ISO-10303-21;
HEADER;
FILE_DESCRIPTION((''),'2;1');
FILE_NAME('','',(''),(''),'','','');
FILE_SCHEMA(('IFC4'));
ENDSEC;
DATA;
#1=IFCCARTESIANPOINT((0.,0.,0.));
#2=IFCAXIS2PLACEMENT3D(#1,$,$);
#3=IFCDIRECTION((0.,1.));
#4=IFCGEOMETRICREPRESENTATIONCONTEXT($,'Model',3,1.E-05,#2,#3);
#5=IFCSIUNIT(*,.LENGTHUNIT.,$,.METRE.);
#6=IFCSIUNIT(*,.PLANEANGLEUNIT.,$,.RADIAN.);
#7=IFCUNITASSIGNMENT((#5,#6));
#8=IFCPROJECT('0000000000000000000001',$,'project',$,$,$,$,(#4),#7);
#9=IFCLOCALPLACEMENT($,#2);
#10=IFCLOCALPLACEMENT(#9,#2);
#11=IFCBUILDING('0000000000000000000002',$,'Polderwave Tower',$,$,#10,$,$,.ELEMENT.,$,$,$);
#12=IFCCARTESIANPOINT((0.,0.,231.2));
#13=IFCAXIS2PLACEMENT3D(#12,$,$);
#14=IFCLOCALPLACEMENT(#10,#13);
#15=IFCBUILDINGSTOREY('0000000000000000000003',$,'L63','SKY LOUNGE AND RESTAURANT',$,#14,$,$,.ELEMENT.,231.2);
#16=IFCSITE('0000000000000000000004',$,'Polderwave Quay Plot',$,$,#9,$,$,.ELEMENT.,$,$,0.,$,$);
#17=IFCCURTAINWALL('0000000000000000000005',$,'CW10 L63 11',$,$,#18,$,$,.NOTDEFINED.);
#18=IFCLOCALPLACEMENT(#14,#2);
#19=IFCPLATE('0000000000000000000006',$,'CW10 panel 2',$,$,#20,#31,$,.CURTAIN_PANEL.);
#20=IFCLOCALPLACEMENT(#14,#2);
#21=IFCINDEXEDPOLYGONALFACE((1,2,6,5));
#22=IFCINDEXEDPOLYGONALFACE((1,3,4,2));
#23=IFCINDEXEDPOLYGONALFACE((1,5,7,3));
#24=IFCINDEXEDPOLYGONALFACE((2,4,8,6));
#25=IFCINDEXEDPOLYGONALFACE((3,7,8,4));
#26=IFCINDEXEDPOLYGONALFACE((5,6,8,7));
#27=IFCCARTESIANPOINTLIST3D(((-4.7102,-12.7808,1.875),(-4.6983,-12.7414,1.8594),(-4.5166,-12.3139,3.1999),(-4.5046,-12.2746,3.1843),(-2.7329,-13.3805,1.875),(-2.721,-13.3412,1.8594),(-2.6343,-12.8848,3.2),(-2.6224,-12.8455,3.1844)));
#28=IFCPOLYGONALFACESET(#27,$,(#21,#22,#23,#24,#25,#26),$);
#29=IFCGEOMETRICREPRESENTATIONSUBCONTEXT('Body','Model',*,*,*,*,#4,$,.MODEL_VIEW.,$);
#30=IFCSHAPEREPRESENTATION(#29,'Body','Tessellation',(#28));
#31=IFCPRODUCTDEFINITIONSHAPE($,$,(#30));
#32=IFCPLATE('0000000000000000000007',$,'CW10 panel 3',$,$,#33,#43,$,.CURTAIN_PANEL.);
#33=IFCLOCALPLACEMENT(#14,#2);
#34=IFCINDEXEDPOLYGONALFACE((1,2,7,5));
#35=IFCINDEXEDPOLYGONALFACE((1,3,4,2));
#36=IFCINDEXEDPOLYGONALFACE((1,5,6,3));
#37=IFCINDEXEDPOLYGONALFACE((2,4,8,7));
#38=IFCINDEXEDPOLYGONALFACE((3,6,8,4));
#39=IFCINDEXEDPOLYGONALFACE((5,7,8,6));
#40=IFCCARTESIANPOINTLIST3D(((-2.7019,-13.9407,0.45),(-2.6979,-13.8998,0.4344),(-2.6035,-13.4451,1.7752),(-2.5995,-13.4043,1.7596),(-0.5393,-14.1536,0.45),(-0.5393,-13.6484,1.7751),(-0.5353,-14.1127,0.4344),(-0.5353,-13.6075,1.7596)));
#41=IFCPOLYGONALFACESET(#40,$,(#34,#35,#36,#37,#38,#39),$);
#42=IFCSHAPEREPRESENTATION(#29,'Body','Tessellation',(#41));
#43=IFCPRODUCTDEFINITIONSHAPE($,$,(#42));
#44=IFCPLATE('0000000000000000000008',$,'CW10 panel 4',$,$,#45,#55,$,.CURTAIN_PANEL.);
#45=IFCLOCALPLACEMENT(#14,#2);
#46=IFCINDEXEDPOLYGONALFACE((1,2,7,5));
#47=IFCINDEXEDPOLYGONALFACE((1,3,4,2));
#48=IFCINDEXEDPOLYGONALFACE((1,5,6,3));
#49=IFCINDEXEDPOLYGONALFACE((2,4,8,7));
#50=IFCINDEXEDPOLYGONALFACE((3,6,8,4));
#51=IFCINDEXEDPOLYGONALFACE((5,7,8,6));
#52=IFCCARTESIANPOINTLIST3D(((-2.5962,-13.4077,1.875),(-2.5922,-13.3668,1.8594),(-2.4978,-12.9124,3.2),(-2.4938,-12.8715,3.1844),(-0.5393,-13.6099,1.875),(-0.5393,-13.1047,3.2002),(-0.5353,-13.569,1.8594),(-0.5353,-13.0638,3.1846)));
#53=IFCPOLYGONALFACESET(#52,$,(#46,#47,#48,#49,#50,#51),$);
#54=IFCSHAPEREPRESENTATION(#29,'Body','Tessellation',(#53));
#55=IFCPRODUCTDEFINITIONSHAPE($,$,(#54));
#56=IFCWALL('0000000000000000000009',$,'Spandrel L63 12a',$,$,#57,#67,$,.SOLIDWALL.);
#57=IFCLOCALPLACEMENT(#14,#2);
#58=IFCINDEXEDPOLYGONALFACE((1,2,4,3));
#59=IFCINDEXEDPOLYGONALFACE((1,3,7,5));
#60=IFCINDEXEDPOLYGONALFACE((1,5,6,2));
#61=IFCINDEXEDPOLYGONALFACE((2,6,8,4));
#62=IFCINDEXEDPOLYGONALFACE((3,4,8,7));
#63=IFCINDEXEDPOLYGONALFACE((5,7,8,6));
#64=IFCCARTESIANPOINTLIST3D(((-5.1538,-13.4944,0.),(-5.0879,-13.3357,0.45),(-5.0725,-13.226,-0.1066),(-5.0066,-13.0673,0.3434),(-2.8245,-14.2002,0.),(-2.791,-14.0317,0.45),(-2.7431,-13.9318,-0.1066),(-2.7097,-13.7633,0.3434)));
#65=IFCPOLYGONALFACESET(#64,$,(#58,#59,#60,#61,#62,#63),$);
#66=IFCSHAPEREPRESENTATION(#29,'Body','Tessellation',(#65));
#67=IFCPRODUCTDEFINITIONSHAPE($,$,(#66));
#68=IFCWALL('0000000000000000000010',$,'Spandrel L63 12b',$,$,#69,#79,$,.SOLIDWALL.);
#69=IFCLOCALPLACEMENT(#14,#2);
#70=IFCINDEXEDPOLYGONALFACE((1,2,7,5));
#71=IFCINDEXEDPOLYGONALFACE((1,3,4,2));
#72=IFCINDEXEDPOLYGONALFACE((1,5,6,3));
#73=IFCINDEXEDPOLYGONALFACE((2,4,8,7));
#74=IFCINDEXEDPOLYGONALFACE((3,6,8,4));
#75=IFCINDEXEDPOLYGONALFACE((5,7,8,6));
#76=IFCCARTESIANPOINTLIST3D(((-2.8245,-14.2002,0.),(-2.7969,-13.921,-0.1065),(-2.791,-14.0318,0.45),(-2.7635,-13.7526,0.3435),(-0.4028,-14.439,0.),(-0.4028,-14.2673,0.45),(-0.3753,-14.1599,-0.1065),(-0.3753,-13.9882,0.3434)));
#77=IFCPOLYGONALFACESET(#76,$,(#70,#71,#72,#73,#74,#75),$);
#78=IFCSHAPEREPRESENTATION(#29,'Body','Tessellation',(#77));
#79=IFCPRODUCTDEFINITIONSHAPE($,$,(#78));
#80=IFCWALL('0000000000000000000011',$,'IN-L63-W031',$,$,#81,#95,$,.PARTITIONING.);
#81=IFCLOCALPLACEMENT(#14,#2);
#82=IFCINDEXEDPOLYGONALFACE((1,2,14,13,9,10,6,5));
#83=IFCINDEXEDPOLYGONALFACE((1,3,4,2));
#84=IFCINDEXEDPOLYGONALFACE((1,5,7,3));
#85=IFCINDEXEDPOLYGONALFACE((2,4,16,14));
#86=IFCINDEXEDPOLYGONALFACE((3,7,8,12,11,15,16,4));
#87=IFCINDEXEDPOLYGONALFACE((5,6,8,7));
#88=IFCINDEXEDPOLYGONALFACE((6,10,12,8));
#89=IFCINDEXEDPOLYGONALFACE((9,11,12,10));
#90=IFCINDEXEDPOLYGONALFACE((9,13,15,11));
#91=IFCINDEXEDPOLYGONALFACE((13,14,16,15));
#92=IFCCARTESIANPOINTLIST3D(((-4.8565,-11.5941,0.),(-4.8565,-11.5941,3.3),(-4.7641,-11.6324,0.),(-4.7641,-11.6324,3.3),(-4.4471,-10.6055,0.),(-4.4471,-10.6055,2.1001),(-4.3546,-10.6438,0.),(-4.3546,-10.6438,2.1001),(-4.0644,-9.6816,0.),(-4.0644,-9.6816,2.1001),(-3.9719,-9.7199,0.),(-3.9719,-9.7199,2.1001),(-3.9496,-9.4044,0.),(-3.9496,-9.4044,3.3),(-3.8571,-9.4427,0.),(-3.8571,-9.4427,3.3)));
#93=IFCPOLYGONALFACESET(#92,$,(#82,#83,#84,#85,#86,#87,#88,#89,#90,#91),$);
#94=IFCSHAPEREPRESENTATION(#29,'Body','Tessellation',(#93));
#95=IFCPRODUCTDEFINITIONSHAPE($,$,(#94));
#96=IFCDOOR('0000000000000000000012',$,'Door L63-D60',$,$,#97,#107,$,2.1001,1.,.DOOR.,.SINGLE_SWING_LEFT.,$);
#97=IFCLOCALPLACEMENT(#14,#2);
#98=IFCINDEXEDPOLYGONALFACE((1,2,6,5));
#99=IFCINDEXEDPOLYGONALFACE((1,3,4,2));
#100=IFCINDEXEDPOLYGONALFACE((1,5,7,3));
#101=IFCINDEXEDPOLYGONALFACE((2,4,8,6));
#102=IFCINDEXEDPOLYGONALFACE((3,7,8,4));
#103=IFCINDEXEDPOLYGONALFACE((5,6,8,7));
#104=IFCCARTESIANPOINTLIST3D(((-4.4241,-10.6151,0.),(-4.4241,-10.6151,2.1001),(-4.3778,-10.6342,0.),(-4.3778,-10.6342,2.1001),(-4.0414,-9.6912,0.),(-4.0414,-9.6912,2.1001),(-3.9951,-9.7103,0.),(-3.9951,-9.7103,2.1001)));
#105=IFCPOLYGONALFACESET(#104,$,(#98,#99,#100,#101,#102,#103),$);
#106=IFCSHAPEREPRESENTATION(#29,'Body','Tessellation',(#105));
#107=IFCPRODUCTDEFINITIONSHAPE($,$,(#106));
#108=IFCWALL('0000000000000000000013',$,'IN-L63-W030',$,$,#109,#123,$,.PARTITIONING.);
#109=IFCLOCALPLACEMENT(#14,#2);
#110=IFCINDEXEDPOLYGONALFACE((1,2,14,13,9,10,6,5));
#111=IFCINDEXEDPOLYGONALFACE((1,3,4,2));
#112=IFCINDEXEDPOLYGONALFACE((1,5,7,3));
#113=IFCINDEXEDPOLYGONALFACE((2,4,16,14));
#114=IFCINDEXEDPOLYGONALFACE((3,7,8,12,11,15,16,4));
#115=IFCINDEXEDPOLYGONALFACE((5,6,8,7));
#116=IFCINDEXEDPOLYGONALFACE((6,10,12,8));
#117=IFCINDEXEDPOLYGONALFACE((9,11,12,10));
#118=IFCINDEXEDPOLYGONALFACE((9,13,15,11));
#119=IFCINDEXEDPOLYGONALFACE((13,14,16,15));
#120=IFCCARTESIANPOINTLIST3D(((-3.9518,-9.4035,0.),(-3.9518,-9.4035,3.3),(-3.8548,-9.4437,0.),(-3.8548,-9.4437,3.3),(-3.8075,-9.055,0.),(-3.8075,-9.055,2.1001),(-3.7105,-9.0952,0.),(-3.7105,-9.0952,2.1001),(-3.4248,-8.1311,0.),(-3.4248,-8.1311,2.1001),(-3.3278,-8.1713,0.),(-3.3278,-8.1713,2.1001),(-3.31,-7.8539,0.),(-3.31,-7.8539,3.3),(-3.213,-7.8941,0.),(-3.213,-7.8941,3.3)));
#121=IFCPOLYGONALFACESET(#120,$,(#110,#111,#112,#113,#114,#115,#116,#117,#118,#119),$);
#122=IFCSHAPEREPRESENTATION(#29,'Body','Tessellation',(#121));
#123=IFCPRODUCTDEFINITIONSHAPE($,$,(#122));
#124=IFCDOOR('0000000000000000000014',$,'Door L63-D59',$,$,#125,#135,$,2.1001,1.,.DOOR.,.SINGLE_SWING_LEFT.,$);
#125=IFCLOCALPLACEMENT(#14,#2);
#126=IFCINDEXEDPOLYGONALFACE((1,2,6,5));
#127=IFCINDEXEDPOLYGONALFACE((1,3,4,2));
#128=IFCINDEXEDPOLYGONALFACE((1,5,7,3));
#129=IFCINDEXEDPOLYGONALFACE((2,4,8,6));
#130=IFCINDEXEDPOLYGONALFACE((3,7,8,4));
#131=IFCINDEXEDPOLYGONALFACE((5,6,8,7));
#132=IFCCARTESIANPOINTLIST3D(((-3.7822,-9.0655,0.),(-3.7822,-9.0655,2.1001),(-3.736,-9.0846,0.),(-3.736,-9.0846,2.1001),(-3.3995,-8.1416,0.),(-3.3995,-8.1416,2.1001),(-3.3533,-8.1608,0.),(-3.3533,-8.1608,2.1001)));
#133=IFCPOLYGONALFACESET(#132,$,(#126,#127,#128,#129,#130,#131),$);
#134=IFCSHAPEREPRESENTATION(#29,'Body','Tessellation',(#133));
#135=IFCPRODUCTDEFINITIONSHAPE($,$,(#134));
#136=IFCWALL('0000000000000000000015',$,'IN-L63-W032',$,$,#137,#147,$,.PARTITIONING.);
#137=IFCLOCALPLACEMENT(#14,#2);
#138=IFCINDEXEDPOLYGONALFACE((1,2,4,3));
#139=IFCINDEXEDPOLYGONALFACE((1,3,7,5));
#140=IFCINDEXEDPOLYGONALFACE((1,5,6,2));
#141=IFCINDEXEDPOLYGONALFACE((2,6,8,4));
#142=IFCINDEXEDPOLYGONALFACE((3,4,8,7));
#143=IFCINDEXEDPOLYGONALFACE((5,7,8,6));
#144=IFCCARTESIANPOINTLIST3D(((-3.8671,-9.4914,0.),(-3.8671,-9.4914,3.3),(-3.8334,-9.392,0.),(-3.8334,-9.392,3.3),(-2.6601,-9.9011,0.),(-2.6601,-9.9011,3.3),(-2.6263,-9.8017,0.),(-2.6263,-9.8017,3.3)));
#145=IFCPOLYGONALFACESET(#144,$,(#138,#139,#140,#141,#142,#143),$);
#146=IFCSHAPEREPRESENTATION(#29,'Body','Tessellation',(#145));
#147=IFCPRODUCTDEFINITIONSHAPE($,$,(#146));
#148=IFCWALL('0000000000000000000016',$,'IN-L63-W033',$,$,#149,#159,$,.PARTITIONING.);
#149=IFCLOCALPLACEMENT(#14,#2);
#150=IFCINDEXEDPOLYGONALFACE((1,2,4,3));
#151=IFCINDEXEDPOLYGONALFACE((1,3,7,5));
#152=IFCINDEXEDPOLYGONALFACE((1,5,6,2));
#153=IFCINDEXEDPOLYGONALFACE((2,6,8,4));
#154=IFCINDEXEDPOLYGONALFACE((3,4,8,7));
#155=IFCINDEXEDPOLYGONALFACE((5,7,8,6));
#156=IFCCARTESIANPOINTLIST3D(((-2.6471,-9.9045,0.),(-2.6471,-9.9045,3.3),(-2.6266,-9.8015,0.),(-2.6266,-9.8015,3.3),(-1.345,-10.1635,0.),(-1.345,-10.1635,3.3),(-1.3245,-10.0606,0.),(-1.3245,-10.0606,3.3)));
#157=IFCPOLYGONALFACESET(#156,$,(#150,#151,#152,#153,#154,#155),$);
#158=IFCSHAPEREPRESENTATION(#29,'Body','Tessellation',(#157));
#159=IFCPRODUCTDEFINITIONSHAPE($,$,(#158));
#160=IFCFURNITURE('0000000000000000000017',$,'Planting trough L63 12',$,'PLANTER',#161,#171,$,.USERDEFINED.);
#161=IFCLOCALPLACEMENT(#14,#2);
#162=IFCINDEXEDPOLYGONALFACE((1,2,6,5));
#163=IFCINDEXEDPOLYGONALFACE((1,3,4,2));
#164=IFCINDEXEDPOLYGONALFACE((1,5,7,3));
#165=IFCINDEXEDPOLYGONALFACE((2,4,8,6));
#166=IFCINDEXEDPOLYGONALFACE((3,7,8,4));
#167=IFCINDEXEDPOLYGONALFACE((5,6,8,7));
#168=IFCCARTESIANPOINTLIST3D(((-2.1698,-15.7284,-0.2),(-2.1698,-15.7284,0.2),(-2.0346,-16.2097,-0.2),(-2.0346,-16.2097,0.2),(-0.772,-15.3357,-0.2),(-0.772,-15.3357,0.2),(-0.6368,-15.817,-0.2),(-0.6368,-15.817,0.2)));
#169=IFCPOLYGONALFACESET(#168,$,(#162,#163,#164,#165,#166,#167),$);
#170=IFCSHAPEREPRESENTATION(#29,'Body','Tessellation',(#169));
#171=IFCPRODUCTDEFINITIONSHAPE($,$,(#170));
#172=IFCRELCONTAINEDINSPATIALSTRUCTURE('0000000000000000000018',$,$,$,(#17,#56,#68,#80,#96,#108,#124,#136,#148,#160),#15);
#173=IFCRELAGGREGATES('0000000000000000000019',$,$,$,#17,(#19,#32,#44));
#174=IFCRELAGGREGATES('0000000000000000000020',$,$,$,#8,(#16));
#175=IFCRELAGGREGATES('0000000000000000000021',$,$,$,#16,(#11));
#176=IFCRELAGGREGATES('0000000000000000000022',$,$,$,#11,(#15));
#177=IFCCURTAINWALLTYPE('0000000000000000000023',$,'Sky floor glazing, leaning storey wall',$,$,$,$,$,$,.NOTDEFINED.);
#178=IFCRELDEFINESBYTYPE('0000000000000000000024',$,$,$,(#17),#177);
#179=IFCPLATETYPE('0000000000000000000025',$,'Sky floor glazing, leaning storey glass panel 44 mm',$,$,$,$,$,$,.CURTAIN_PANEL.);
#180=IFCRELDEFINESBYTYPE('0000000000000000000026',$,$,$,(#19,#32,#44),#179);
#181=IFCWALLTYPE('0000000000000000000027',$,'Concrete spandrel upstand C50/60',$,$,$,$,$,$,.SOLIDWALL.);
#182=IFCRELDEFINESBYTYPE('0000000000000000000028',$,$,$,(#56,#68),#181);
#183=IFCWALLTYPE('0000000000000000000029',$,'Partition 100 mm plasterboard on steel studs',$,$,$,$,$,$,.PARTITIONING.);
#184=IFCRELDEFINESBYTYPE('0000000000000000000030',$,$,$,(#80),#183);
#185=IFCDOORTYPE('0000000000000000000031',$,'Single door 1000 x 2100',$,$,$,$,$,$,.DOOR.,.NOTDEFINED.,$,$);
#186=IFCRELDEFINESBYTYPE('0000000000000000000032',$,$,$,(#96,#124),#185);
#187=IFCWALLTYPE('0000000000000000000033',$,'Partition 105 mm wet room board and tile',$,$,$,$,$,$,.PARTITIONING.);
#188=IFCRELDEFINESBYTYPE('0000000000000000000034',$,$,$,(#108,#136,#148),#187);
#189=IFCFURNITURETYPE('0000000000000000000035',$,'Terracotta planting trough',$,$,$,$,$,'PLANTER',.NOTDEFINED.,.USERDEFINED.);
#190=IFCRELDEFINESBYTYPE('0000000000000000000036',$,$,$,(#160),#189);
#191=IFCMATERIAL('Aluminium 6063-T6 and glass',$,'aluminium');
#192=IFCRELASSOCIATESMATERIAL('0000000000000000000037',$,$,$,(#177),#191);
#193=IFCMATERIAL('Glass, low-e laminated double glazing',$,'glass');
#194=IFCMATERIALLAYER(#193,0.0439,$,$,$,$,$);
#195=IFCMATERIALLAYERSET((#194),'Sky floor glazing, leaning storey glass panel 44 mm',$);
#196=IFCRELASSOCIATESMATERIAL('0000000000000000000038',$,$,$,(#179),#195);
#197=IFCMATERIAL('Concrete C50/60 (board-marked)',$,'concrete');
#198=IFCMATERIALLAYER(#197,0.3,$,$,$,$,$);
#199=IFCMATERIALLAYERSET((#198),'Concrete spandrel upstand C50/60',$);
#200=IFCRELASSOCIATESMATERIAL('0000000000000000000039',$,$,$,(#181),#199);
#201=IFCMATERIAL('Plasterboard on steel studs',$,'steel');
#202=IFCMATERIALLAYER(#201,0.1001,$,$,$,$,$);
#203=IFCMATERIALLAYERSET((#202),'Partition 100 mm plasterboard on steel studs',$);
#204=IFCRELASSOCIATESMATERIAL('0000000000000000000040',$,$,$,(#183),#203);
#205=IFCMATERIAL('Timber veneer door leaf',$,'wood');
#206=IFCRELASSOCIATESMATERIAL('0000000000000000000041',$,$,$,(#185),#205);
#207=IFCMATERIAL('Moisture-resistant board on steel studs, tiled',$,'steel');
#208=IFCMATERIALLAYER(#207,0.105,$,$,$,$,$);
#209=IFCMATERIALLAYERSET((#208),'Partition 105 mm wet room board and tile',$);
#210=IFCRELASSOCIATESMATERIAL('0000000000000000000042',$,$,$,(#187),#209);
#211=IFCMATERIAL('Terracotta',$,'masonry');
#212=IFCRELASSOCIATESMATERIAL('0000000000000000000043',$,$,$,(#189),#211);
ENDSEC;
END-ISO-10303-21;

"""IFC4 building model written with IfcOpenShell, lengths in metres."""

from ifc_helpers import new_model, si_unit, direction, frame, frame_2d, origin, origin_2d, place, context, subcontext, project, spatial, polyline, rectangle, outline, extrude, material, layer, layer_set, type_object, element, fill, aggregate, save


model = new_model("IFC4")

# Units and contexts
model_context = context("Model", 3, precision=1e-05, world=origin(), true_north=direction((0.0, 1.0)))
body_context = subcontext(model_context, "Body", "Model", "MODEL_VIEW")
ifc_project = project(units=[si_unit("LENGTHUNIT", "METRE"), si_unit("PLANEANGLEUNIT", "RADIAN")], contexts=[model_context])

# Site, building, storey
site_placement = place(None, origin())
site = spatial("IfcSite", under=ifc_project, at=site_placement, Name="Polderwave Quay Plot", CompositionType="ELEMENT", RefElevation=0.0)
building_placement = place(site_placement, origin())
building = spatial("IfcBuilding", under=site, at=building_placement, Name="Polderwave Tower", CompositionType="ELEMENT")
storey_placement = place(building_placement, frame((0.0, 0.0, 231.2)))
storey = spatial("IfcBuildingStorey", under=building, at=storey_placement, Name="L63", Description="SKY LOUNGE AND RESTAURANT", CompositionType="ELEMENT", Elevation=231.2)

# Curtain wall, plates
ifc_material_1 = material(Name="Aluminium 6063-T6 and glass", Category="aluminium")
curtain_wall_type = type_object("IfcCurtainWallType", Name="Sky floor glazing, leaning storey wall", PredefinedType="NOTDEFINED", material=ifc_material_1)
curtain_wall_placement = place(storey_placement, origin())
curtain_wall = element("IfcCurtainWall", 1, at=curtain_wall_placement, inside=storey, type_object=curtain_wall_type, Name="CW10 L63 11", PredefinedType="NOTDEFINED")
ifc_material_2 = material(Name="Glass, low-e laminated double glazing", Category="glass")
ifc_layer_1 = layer(ifc_material_2, 0.0439)
ifc_layer_set_1 = layer_set([ifc_layer_1], Name="Sky floor glazing, leaning storey glass panel 44 mm")
plate_type = type_object("IfcPlateType", Name="Sky floor glazing, leaning storey glass panel 44 mm", PredefinedType="CURTAIN_PANEL", material=ifc_layer_set_1)
plate_1_placement = place(storey_placement, frame((-4.7102, -12.7808, 1.875), z_axis=(-0.271354, -0.894647, 0.354929), x_axis=(0.956948, -0.290258, -0.000019)))
plate_1 = element("IfcPlate", 2, at=plate_1_placement, type_object=plate_type, Name="CW10 panel 2", PredefinedType="CURTAIN_PANEL", context=body_context, shape_type="SweptSolid", body=[
    extrude(outline(polyline([(0.0, 0.0), (2.0663, 0.0), (2.0167, 1.4173), (0.0498, 1.4172), (0.0, 0.0)])), origin(), (0.0, 0.0, -1.0), 0.0439),
])
plate_2_placement = place(storey_placement, frame((-2.7019, -13.9407, 0.45), z_axis=(-0.091633, -0.930469, 0.354727), x_axis=(0.995186, -0.098002, 0.000013)))
plate_2 = element("IfcPlate", 3, at=plate_2_placement, type_object=plate_type, Name="CW10 panel 3", PredefinedType="CURTAIN_PANEL", context=body_context, shape_type="SweptSolid", body=[
    extrude(outline(polyline([(0.0, 0.0), (2.1731, 0.0), (2.1236, 1.4173), (0.0494, 1.4174), (0.0, 0.0)])), origin(), (0.0, 0.0, -1.0), 0.0439),
])
plate_3_placement = place(storey_placement, frame((-2.5962, -13.4077, 1.875), z_axis=(-0.091448, -0.930505, 0.354681), x_axis=(0.995205, -0.097807, 0.0)))
plate_3 = element("IfcPlate", 4, at=plate_3_placement, type_object=plate_type, Name="CW10 panel 4", PredefinedType="CURTAIN_PANEL", context=body_context, shape_type="SweptSolid", body=[
    extrude(outline(polyline([(0.0, 0.0), (2.0668, 0.0), (2.0174, 1.4173), (0.0495, 1.4171), (0.0, 0.0)])), origin(), (0.0, 0.0, -1.0), 0.0439),
])
aggregate(curtain_wall, [plate_1, plate_2, plate_3])

# Walls
ifc_material_3 = material(Name="Concrete C50/60 (board-marked)", Category="concrete")
ifc_layer_2 = layer(ifc_material_3, 0.3)
ifc_layer_set_2 = layer_set([ifc_layer_2], Name="Concrete spandrel upstand C50/60")
wall_type_1 = type_object("IfcWallType", Name="Concrete spandrel upstand C50/60", PredefinedType="SOLIDWALL", material=ifc_layer_set_2)
wall_1_placement = place(storey_placement, frame((-5.1538, -13.4944, 0.0), z_axis=(-0.271095, -0.894631, 0.355166), x_axis=(0.957027, -0.29, 0.000005)))
element("IfcWall", 5, at=wall_1_placement, inside=storey, type_object=wall_type_1, Name="Spandrel L63 12a", PredefinedType="SOLIDWALL", context=body_context, shape_type="SweptSolid", body=[
    extrude(outline(polyline([(0.0, 0.0), (2.4339, 0.0), (2.4171, 0.4813), (0.0171, 0.4813), (0.0, 0.0)])), origin(), (0.0, 0.0, -1.0), 0.3),
])
wall_2_placement = place(storey_placement, frame((-2.8245, -14.2002, 0.0), z_axis=(-0.091755, -0.930351, 0.355005), x_axis=(0.995172, -0.098145, 0.000008)))
element("IfcWall", 6, at=wall_2_placement, inside=storey, type_object=wall_type_1, Name="Spandrel L63 12b", PredefinedType="SOLIDWALL", context=body_context, shape_type="SweptSolid", body=[
    extrude(outline(polyline([(0.0, 0.0), (2.4334, 0.0), (2.4165, 0.4813), (0.0168, 0.4813), (0.0, 0.0)])), origin(), (0.0, 0.0, -1.0), 0.3),
])

# Walls, openings, doors
ifc_material_4 = material(Name="Plasterboard on steel studs", Category="steel")
ifc_layer_3 = layer(ifc_material_4, 0.1001)
ifc_layer_set_3 = layer_set([ifc_layer_3], Name="Partition 100 mm plasterboard on steel studs")
wall_type_2 = type_object("IfcWallType", Name="Partition 100 mm plasterboard on steel studs", PredefinedType="PARTITIONING", material=ifc_layer_set_3)
wall_3_placement = place(storey_placement, frame((-3.9033, -9.4236, 0.0), z_axis=(0.0, 0.0, 1.0), x_axis=(-0.382676, -0.923882, 0.0)))
wall_3 = element("IfcWall", 7, at=wall_3_placement, inside=storey, type_object=wall_type_2, Name="IN-L63-W031", PredefinedType="PARTITIONING", context=body_context, shape_type="SweptSolid", body=[
    extrude(rectangle(XDim=2.3701, YDim=0.1001, at=frame_2d((1.1851, 0.0))), origin(), (0.0, 0.0, 1.0), 3.3),
])
opening_1_placement = place(wall_3_placement, frame((0.3, 0.0, 0.0)))
opening_1 = element("IfcOpeningElement", 8, at=opening_1_placement, cuts=wall_3, PredefinedType="OPENING", context=body_context, shape_type="SweptSolid", body=[
    extrude(rectangle(XDim=1.0, YDim=2.1001, at=frame_2d((0.5, 1.05))), frame((0.0, 0.0601, 0.0), z_axis=(0.0, -1.0, 0.0), x_axis=(1.0, 0.0, 0.0)), (0.0, 0.0, 1.0), 0.1201),
])
ifc_material_5 = material(Name="Timber veneer door leaf", Category="wood")
door_type = type_object("IfcDoorType", Name="Single door 1000 x 2100", OperationType="NOTDEFINED", PredefinedType="DOOR", material=ifc_material_5)
door_1_placement = place(opening_1_placement, origin())
door_1 = element("IfcDoor", 9, at=door_1_placement, inside=storey, type_object=door_type, Name="Door L63-D60", OperationType="SINGLE_SWING_LEFT", OverallHeight=2.1001, OverallWidth=1.0, PredefinedType="DOOR", context=body_context, shape_type="SweptSolid", body=[
    extrude(rectangle(XDim=1.0, YDim=2.1001, at=frame_2d((0.5, 1.05))), frame((0.0, 0.0249, 0.0), z_axis=(0.0, -1.0, 0.0), x_axis=(1.0, 0.0, 0.0)), (0.0, 0.0, 1.0), 0.05),
])
fill(opening_1, door_1)
ifc_material_6 = material(Name="Moisture-resistant board on steel studs, tiled", Category="steel")
ifc_layer_4 = layer(ifc_material_6, 0.105)
ifc_layer_set_4 = layer_set([ifc_layer_4], Name="Partition 105 mm wet room board and tile")
wall_type_3 = type_object("IfcWallType", Name="Partition 105 mm wet room board and tile", PredefinedType="PARTITIONING", material=ifc_layer_set_4)
wall_4_placement = place(storey_placement, frame((-3.2615, -7.874, 0.0), z_axis=(0.0, 0.0, 1.0), x_axis=(-0.382682, -0.92388, 0.0)))
wall_4 = element("IfcWall", 10, at=wall_4_placement, inside=storey, type_object=wall_type_3, Name="IN-L63-W030", PredefinedType="PARTITIONING", context=body_context, shape_type="SweptSolid", body=[
    extrude(rectangle(XDim=1.6772, YDim=0.105, at=frame_2d((0.8386, 0.0))), origin(), (0.0, 0.0, 1.0), 3.3),
])
opening_2_placement = place(wall_4_placement, frame((0.3, 0.0, 0.0)))
opening_2 = element("IfcOpeningElement", 11, at=opening_2_placement, cuts=wall_4, PredefinedType="OPENING", context=body_context, shape_type="SweptSolid", body=[
    extrude(rectangle(XDim=1.0, YDim=2.1001, at=frame_2d((0.5, 1.05))), frame((0.0, 0.0625, 0.0), z_axis=(0.0, -1.0, 0.0), x_axis=(1.0, 0.0, 0.0)), (0.0, 0.0, 1.0), 0.125),
])
door_2_placement = place(opening_2_placement, origin())
door_2 = element("IfcDoor", 12, at=door_2_placement, inside=storey, type_object=door_type, Name="Door L63-D59", OperationType="SINGLE_SWING_LEFT", OverallHeight=2.1001, OverallWidth=1.0, PredefinedType="DOOR", context=body_context, shape_type="SweptSolid", body=[
    extrude(rectangle(XDim=1.0, YDim=2.1001, at=frame_2d((0.5, 1.05))), frame((0.0, 0.0249, 0.0), z_axis=(0.0, -1.0, 0.0), x_axis=(1.0, 0.0, 0.0)), (0.0, 0.0, 1.0), 0.05),
])
fill(opening_2, door_2)

# Walls
wall_5_placement = place(storey_placement, frame((-2.6433, -9.8513, 0.0), z_axis=(0.0, 0.0, 1.0), x_axis=(-0.946945, 0.321394, 0.0)))
element("IfcWall", 13, at=wall_5_placement, inside=storey, type_object=wall_type_3, Name="IN-L63-W032", PredefinedType="PARTITIONING", context=body_context, shape_type="SweptSolid", body=[
    extrude(rectangle(XDim=1.2747, YDim=0.105, at=frame_2d((0.6372, 0.0))), origin(), (0.0, 0.0, 1.0), 3.3),
])
wall_6_placement = place(storey_placement, frame((-1.3347, -10.1121, 0.0), z_axis=(0.0, 0.0, 1.0), x_axis=(-0.980778, 0.195126, 0.0)))
element("IfcWall", 14, at=wall_6_placement, inside=storey, type_object=wall_type_3, Name="IN-L63-W033", PredefinedType="PARTITIONING", context=body_context, shape_type="SweptSolid", body=[
    extrude(rectangle(XDim=1.3276, YDim=0.105, at=frame_2d((0.6638, 0.0))), origin(), (0.0, 0.0, 1.0), 3.3),
])

# Furniture
ifc_material_7 = material(Name="Terracotta", Category="masonry")
furniture_type = type_object("IfcFurnitureType", Name="Terracotta planting trough", ElementType="PLANTER", AssemblyPlace="NOTDEFINED", PredefinedType="USERDEFINED", material=ifc_material_7)
furniture_placement = place(storey_placement, frame((-1.4033, -15.7727, -0.2), z_axis=(0.0, 0.0, 1.0), x_axis=(0.962729, 0.270468, 0.0)))
element("IfcFurniture", 15, at=furniture_placement, inside=storey, type_object=furniture_type, Name="Planting trough L63 12", ObjectType="PLANTER", PredefinedType="USERDEFINED", context=body_context, shape_type="SweptSolid", body=[
    extrude(rectangle(XDim=1.4519, YDim=0.5, at=origin_2d()), origin(), (0.0, 0.0, 1.0), 0.3999),
])

save(model, "model.ifc")
